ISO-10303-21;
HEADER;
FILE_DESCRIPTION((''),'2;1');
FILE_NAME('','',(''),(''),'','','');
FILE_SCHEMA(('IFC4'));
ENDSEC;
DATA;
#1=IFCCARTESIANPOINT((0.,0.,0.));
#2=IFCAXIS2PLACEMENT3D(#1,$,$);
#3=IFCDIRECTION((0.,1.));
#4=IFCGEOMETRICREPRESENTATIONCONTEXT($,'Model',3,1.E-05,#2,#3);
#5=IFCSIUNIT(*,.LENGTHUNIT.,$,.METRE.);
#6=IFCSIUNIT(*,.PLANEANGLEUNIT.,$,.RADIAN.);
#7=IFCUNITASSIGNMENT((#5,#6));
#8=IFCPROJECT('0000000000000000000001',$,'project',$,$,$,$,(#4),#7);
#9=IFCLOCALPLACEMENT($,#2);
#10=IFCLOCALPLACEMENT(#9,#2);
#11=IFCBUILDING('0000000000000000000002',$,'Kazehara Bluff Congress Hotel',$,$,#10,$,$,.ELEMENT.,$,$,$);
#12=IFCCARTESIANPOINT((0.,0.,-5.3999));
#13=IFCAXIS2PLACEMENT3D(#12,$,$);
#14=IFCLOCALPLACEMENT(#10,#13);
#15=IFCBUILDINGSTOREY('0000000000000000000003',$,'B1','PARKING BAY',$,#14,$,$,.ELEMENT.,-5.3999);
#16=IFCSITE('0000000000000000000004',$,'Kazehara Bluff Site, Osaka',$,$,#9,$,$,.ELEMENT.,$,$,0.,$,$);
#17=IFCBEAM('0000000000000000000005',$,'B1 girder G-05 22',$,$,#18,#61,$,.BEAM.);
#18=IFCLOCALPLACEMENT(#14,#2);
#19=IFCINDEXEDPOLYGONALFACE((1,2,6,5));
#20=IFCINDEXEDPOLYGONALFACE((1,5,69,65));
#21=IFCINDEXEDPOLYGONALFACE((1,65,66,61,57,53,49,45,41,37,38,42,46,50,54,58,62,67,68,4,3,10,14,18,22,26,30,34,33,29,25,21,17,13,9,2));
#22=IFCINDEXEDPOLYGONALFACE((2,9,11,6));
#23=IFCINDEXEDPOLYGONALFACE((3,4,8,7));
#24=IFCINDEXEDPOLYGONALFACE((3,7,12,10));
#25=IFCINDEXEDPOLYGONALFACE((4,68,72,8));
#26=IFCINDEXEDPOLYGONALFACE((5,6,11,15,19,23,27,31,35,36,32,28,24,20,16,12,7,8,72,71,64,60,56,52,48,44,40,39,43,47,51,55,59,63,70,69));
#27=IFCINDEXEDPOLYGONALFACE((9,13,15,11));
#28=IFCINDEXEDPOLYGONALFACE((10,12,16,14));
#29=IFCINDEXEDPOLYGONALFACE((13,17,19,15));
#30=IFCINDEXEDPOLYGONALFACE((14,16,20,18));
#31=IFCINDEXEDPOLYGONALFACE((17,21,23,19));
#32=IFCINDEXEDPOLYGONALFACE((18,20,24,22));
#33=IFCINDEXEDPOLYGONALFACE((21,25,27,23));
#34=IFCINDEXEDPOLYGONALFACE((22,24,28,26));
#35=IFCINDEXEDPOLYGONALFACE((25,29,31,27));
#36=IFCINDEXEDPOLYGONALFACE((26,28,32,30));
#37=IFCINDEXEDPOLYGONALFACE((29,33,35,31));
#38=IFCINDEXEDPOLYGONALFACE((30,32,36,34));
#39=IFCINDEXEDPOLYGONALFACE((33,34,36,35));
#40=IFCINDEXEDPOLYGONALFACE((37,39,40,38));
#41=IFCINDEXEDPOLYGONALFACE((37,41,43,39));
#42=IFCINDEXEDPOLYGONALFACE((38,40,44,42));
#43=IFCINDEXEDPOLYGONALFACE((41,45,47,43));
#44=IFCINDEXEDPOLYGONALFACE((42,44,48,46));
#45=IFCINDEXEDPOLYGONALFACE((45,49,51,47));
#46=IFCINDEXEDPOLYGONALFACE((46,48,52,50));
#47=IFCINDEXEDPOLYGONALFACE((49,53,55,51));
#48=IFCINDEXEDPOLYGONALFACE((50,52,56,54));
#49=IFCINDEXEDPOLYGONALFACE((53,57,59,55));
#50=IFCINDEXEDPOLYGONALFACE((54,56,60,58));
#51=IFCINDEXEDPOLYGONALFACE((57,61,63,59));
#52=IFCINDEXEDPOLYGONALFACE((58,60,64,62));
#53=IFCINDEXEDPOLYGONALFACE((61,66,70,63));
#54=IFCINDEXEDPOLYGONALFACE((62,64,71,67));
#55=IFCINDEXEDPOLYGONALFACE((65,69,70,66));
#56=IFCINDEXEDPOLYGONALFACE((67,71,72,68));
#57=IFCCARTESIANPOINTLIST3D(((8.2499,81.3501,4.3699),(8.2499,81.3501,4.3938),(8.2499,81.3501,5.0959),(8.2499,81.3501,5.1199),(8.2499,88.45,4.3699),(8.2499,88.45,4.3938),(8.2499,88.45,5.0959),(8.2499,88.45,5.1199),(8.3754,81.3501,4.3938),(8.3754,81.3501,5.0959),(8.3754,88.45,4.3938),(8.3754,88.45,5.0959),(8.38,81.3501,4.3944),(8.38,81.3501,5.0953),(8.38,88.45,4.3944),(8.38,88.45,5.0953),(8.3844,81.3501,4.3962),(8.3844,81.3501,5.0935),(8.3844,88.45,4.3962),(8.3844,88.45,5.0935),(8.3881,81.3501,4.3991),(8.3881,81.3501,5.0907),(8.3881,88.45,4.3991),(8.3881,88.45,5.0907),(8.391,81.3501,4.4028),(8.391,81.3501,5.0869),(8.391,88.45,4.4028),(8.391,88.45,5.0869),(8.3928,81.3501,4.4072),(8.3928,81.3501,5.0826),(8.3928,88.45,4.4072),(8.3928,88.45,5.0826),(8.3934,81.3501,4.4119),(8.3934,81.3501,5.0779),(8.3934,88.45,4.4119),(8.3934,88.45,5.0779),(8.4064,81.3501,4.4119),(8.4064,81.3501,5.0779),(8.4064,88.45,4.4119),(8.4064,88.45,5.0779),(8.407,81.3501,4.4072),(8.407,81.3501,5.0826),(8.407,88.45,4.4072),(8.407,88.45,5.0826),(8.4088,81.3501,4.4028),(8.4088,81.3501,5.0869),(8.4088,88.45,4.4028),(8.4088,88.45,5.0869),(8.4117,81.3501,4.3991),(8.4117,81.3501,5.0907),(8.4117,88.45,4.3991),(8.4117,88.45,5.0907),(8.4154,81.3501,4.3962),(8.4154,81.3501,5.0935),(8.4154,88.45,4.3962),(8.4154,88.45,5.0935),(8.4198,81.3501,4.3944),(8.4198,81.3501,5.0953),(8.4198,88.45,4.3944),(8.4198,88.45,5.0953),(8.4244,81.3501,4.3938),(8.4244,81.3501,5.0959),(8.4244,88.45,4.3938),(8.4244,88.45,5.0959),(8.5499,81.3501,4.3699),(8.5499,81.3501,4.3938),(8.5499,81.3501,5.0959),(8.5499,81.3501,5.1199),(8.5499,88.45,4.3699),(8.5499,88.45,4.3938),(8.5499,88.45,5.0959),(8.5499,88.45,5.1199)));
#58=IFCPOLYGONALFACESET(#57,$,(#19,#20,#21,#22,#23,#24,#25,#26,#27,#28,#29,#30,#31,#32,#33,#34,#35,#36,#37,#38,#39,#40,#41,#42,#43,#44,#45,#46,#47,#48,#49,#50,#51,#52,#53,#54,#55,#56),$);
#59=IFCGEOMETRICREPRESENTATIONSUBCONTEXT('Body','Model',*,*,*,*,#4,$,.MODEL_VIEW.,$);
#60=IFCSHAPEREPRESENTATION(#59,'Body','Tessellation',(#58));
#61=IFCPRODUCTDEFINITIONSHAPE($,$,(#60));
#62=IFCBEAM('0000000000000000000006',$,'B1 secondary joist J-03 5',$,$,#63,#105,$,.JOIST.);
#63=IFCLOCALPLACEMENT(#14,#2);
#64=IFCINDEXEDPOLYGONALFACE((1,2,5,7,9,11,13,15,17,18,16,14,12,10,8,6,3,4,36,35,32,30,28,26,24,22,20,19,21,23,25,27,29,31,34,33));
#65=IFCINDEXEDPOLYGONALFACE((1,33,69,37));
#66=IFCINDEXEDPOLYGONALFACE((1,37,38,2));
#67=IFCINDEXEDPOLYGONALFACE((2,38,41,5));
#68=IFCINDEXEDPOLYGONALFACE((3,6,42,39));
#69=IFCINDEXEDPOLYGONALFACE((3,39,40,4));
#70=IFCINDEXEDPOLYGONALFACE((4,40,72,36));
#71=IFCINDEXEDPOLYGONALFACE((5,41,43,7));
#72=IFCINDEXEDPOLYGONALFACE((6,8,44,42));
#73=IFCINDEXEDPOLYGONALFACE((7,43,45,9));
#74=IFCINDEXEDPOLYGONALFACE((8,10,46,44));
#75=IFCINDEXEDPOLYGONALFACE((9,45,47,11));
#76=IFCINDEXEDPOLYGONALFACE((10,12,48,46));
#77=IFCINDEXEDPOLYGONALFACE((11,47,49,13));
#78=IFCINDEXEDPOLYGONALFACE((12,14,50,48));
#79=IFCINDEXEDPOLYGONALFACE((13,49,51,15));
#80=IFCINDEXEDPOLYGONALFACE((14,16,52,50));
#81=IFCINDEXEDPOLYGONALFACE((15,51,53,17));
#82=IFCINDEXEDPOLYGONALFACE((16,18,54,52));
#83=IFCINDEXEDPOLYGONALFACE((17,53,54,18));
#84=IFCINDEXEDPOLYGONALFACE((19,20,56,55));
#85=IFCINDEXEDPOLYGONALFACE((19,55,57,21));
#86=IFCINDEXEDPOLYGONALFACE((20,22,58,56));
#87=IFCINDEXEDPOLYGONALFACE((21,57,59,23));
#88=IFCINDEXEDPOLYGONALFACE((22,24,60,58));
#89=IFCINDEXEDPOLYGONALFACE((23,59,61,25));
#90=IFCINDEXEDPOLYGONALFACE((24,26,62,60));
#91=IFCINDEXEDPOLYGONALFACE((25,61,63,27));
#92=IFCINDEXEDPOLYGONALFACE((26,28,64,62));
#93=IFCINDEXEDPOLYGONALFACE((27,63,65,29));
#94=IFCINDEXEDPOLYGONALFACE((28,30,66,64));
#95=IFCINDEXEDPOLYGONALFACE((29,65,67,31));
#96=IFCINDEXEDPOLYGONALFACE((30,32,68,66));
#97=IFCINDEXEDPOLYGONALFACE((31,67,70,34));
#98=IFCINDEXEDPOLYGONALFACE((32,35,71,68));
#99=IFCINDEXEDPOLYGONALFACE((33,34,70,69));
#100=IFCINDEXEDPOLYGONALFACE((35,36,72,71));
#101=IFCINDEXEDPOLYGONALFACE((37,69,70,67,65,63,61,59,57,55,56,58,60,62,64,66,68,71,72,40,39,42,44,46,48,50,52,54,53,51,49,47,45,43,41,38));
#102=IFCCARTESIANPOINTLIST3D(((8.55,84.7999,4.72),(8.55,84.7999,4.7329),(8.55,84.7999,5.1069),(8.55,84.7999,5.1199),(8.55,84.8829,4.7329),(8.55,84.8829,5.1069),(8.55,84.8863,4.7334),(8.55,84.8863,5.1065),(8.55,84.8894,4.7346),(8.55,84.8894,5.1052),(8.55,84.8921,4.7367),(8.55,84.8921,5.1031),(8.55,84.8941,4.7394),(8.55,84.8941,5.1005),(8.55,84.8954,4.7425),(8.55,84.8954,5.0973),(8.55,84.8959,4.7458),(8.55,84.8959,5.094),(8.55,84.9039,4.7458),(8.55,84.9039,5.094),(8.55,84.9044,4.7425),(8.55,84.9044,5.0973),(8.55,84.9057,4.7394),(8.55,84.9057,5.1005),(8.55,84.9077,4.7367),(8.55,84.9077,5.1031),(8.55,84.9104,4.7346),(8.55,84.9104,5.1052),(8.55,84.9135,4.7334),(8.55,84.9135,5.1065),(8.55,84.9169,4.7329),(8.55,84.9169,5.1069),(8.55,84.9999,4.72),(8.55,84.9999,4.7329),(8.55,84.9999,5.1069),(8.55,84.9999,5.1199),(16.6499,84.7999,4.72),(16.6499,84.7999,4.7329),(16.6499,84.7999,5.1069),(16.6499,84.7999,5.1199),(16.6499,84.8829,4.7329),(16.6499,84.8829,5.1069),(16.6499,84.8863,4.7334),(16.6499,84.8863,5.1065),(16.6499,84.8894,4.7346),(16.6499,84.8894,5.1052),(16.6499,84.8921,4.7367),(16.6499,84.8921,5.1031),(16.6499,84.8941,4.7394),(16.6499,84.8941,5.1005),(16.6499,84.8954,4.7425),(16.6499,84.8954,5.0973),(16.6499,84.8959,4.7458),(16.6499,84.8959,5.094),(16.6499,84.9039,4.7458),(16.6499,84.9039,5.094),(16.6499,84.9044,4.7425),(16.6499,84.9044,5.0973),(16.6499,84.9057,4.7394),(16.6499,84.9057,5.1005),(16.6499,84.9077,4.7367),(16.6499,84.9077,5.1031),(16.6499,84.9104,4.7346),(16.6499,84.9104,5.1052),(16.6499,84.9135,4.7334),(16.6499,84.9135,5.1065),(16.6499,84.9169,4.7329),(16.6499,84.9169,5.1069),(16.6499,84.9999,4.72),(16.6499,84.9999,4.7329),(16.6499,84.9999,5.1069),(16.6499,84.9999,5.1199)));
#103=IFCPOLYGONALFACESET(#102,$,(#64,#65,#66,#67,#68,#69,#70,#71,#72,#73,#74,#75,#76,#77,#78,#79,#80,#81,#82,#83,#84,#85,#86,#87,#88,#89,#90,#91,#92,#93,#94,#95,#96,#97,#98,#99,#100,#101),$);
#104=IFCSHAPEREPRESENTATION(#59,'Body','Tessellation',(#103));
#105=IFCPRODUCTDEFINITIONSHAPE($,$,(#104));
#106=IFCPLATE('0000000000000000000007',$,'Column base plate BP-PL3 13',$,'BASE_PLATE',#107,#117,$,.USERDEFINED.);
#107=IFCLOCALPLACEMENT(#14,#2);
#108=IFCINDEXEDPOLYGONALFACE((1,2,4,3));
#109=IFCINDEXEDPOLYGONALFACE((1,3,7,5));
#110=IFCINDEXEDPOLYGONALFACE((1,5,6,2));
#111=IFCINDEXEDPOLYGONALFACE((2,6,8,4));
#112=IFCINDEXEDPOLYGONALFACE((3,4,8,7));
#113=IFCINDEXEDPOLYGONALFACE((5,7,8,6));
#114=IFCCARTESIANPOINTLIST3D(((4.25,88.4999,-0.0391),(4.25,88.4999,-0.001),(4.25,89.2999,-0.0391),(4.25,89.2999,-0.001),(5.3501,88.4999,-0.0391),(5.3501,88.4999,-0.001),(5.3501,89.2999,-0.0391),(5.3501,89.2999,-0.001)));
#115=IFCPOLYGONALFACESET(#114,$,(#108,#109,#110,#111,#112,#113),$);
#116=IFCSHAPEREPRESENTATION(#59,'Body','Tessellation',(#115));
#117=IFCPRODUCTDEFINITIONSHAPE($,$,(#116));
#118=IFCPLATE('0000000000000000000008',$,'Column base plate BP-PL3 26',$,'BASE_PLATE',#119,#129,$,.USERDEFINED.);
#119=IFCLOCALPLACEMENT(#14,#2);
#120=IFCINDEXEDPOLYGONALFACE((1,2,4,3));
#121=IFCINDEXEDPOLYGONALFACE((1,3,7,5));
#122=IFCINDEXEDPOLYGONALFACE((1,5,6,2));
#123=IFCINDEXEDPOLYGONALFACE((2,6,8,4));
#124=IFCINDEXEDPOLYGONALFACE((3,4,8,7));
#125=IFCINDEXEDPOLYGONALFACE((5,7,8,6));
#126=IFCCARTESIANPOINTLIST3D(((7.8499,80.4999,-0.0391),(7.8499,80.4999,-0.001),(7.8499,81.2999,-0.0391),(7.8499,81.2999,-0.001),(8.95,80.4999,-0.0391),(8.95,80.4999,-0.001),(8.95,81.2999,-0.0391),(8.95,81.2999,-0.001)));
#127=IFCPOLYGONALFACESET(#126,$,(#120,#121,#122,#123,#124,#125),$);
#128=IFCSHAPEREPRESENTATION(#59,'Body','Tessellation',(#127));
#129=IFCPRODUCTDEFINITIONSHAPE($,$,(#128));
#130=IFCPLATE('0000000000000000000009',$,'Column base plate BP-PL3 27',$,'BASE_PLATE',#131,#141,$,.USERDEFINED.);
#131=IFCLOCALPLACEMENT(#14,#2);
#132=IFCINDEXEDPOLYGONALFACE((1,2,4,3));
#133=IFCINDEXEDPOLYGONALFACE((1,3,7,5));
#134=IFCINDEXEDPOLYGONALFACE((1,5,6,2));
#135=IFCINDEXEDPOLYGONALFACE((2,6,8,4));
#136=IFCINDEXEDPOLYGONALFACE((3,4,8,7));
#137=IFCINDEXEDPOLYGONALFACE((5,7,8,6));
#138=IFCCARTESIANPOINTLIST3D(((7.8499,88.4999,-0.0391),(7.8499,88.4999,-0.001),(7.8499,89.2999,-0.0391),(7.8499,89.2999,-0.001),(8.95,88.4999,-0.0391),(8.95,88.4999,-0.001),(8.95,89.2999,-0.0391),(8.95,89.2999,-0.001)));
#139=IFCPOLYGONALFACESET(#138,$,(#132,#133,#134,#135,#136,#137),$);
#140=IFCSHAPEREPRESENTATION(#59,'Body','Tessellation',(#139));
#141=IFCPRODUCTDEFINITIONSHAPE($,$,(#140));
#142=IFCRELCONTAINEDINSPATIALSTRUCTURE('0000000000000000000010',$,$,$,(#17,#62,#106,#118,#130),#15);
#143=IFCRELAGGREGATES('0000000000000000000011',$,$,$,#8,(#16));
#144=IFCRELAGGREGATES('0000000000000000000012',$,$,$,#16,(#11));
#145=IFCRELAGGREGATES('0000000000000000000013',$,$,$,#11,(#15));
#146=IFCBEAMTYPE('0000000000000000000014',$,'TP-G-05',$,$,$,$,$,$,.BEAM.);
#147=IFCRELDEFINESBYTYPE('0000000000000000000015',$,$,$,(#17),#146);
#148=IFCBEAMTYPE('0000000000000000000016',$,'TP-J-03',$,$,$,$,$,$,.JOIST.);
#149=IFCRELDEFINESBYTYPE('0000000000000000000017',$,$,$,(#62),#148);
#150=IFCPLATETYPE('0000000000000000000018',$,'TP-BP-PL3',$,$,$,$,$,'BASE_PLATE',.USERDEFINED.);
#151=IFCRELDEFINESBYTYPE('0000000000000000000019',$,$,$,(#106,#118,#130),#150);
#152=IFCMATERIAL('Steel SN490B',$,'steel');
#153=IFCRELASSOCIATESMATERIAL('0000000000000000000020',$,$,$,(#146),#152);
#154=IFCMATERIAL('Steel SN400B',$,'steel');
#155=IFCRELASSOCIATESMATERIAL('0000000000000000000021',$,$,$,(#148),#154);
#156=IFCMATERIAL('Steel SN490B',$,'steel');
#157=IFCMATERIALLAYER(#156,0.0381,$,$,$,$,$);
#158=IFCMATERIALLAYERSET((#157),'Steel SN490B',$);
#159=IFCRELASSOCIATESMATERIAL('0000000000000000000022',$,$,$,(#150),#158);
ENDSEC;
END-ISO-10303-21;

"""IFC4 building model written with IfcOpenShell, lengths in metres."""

from ifc_helpers import new_model, si_unit, direction, frame, origin, origin_2d, place, context, subcontext, project, spatial, rectangle, i_section, extrude, material, layer, layer_set, material_profile, profile_set, type_object, element, save


model = new_model("IFC4")

# Units and contexts
model_context = context("Model", 3, precision=1e-05, world=origin(), true_north=direction((0.0, 1.0)))
body_context = subcontext(model_context, "Body", "Model", "MODEL_VIEW")
ifc_project = project(units=[si_unit("LENGTHUNIT", "METRE"), si_unit("PLANEANGLEUNIT", "RADIAN")], contexts=[model_context])

# Site, building, storey
site_placement = place(None, origin())
site = spatial("IfcSite", under=ifc_project, at=site_placement, Name="Kazehara Bluff Site, Osaka", CompositionType="ELEMENT", RefElevation=0.0)
building_placement = place(site_placement, origin())
building = spatial("IfcBuilding", under=site, at=building_placement, Name="Kazehara Bluff Congress Hotel", CompositionType="ELEMENT")
storey_placement = place(building_placement, frame((0.0, 0.0, -5.3999)))
storey = spatial("IfcBuildingStorey", under=building, at=storey_placement, Name="B1", Description="PARKING BAY", CompositionType="ELEMENT", Elevation=-5.3999)

# Beams
ifc_material_1 = material(Name="Steel SN490B", Category="steel")
ifc_material_profile_1 = material_profile(ifc_material_1, i_section(OverallWidth=0.3, OverallDepth=0.75, WebThickness=0.0129, FlangeThickness=0.0239, FilletRadius=0.0181, at=origin_2d()))
ifc_profile_set_1 = profile_set([ifc_material_profile_1], Name="Steel SN490B")
beam_type_1 = type_object("IfcBeamType", Name="TP-G-05", PredefinedType="BEAM", material=ifc_profile_set_1)
for number, where, z_axis, x_axis, name in (
    (1, (8.3999, 81.3501, 4.7449), (0.0, 1.0, 0.0), (-1.0, 0.0, 0.0), "B1 girder G-05 22"),
):
    element("IfcBeam", number, at=place(storey_placement, frame(where, z_axis=z_axis, x_axis=x_axis)), inside=storey, type_object=beam_type_1, Name=name, PredefinedType="BEAM", context=body_context, shape_type="SweptSolid", body=[
        extrude(i_section(OverallWidth=0.3, OverallDepth=0.75, WebThickness=0.0129, FlangeThickness=0.0239, FilletRadius=0.0181, at=origin_2d()), origin(), (0.0, 0.0, 1.0), 7.0999),
    ])
ifc_material_2 = material(Name="Steel SN400B", Category="steel")
ifc_material_profile_2 = material_profile(ifc_material_2, i_section(OverallWidth=0.2, OverallDepth=0.3999, WebThickness=0.0081, FlangeThickness=0.0129, FilletRadius=0.0129, at=origin_2d()))
ifc_profile_set_2 = profile_set([ifc_material_profile_2], Name="Steel SN400B")
beam_type_2 = type_object("IfcBeamType", Name="TP-J-03", PredefinedType="JOIST", material=ifc_profile_set_2)
beam_1_placement = place(storey_placement, frame((8.55, 84.8999, 4.9199), z_axis=(1.0, 0.0, 0.0), x_axis=(0.0, 1.0, 0.0)))
element("IfcBeam", 2, at=beam_1_placement, inside=storey, type_object=beam_type_2, Name="B1 secondary joist J-03 5", PredefinedType="JOIST", context=body_context, shape_type="SweptSolid", body=[
    extrude(i_section(OverallWidth=0.2, OverallDepth=0.3999, WebThickness=0.0081, FlangeThickness=0.0129, FilletRadius=0.0129, at=origin_2d()), origin(), (0.0, 0.0, 1.0), 8.0999),
])

# Plates
ifc_material_3 = material(Name="Steel SN490B", Category="steel")
ifc_layer_1 = layer(ifc_material_3, 0.0381)
ifc_layer_set_1 = layer_set([ifc_layer_1], Name="Steel SN490B")
plate_type = type_object("IfcPlateType", Name="TP-BP-PL3", ElementType="BASE_PLATE", PredefinedType="USERDEFINED", material=ifc_layer_set_1)
for number, where, z_axis, x_axis, name in (
    (3, (4.8, 88.8999, -0.0391), (0.0, 0.0, 1.0), (1.0, 0.0, 0.0), "Column base plate BP-PL3 13"),
    (4, (8.3999, 80.8999, -0.0391), (0.0, 0.0, 1.0), (1.0, 0.0, 0.0), "Column base plate BP-PL3 26"),
    (5, (8.3999, 88.8999, -0.0391), (0.0, 0.0, 1.0), (1.0, 0.0, 0.0), "Column base plate BP-PL3 27"),
):
    element("IfcPlate", number, at=place(storey_placement, frame(where, z_axis=z_axis, x_axis=x_axis)), inside=storey, type_object=plate_type, Name=name, ObjectType="BASE_PLATE", PredefinedType="USERDEFINED", context=body_context, shape_type="SweptSolid", body=[
        extrude(rectangle(XDim=1.1001, YDim=0.8, at=origin_2d()), origin(), (0.0, 0.0, 1.0), 0.0381),
    ])

save(model, "model.ifc")
